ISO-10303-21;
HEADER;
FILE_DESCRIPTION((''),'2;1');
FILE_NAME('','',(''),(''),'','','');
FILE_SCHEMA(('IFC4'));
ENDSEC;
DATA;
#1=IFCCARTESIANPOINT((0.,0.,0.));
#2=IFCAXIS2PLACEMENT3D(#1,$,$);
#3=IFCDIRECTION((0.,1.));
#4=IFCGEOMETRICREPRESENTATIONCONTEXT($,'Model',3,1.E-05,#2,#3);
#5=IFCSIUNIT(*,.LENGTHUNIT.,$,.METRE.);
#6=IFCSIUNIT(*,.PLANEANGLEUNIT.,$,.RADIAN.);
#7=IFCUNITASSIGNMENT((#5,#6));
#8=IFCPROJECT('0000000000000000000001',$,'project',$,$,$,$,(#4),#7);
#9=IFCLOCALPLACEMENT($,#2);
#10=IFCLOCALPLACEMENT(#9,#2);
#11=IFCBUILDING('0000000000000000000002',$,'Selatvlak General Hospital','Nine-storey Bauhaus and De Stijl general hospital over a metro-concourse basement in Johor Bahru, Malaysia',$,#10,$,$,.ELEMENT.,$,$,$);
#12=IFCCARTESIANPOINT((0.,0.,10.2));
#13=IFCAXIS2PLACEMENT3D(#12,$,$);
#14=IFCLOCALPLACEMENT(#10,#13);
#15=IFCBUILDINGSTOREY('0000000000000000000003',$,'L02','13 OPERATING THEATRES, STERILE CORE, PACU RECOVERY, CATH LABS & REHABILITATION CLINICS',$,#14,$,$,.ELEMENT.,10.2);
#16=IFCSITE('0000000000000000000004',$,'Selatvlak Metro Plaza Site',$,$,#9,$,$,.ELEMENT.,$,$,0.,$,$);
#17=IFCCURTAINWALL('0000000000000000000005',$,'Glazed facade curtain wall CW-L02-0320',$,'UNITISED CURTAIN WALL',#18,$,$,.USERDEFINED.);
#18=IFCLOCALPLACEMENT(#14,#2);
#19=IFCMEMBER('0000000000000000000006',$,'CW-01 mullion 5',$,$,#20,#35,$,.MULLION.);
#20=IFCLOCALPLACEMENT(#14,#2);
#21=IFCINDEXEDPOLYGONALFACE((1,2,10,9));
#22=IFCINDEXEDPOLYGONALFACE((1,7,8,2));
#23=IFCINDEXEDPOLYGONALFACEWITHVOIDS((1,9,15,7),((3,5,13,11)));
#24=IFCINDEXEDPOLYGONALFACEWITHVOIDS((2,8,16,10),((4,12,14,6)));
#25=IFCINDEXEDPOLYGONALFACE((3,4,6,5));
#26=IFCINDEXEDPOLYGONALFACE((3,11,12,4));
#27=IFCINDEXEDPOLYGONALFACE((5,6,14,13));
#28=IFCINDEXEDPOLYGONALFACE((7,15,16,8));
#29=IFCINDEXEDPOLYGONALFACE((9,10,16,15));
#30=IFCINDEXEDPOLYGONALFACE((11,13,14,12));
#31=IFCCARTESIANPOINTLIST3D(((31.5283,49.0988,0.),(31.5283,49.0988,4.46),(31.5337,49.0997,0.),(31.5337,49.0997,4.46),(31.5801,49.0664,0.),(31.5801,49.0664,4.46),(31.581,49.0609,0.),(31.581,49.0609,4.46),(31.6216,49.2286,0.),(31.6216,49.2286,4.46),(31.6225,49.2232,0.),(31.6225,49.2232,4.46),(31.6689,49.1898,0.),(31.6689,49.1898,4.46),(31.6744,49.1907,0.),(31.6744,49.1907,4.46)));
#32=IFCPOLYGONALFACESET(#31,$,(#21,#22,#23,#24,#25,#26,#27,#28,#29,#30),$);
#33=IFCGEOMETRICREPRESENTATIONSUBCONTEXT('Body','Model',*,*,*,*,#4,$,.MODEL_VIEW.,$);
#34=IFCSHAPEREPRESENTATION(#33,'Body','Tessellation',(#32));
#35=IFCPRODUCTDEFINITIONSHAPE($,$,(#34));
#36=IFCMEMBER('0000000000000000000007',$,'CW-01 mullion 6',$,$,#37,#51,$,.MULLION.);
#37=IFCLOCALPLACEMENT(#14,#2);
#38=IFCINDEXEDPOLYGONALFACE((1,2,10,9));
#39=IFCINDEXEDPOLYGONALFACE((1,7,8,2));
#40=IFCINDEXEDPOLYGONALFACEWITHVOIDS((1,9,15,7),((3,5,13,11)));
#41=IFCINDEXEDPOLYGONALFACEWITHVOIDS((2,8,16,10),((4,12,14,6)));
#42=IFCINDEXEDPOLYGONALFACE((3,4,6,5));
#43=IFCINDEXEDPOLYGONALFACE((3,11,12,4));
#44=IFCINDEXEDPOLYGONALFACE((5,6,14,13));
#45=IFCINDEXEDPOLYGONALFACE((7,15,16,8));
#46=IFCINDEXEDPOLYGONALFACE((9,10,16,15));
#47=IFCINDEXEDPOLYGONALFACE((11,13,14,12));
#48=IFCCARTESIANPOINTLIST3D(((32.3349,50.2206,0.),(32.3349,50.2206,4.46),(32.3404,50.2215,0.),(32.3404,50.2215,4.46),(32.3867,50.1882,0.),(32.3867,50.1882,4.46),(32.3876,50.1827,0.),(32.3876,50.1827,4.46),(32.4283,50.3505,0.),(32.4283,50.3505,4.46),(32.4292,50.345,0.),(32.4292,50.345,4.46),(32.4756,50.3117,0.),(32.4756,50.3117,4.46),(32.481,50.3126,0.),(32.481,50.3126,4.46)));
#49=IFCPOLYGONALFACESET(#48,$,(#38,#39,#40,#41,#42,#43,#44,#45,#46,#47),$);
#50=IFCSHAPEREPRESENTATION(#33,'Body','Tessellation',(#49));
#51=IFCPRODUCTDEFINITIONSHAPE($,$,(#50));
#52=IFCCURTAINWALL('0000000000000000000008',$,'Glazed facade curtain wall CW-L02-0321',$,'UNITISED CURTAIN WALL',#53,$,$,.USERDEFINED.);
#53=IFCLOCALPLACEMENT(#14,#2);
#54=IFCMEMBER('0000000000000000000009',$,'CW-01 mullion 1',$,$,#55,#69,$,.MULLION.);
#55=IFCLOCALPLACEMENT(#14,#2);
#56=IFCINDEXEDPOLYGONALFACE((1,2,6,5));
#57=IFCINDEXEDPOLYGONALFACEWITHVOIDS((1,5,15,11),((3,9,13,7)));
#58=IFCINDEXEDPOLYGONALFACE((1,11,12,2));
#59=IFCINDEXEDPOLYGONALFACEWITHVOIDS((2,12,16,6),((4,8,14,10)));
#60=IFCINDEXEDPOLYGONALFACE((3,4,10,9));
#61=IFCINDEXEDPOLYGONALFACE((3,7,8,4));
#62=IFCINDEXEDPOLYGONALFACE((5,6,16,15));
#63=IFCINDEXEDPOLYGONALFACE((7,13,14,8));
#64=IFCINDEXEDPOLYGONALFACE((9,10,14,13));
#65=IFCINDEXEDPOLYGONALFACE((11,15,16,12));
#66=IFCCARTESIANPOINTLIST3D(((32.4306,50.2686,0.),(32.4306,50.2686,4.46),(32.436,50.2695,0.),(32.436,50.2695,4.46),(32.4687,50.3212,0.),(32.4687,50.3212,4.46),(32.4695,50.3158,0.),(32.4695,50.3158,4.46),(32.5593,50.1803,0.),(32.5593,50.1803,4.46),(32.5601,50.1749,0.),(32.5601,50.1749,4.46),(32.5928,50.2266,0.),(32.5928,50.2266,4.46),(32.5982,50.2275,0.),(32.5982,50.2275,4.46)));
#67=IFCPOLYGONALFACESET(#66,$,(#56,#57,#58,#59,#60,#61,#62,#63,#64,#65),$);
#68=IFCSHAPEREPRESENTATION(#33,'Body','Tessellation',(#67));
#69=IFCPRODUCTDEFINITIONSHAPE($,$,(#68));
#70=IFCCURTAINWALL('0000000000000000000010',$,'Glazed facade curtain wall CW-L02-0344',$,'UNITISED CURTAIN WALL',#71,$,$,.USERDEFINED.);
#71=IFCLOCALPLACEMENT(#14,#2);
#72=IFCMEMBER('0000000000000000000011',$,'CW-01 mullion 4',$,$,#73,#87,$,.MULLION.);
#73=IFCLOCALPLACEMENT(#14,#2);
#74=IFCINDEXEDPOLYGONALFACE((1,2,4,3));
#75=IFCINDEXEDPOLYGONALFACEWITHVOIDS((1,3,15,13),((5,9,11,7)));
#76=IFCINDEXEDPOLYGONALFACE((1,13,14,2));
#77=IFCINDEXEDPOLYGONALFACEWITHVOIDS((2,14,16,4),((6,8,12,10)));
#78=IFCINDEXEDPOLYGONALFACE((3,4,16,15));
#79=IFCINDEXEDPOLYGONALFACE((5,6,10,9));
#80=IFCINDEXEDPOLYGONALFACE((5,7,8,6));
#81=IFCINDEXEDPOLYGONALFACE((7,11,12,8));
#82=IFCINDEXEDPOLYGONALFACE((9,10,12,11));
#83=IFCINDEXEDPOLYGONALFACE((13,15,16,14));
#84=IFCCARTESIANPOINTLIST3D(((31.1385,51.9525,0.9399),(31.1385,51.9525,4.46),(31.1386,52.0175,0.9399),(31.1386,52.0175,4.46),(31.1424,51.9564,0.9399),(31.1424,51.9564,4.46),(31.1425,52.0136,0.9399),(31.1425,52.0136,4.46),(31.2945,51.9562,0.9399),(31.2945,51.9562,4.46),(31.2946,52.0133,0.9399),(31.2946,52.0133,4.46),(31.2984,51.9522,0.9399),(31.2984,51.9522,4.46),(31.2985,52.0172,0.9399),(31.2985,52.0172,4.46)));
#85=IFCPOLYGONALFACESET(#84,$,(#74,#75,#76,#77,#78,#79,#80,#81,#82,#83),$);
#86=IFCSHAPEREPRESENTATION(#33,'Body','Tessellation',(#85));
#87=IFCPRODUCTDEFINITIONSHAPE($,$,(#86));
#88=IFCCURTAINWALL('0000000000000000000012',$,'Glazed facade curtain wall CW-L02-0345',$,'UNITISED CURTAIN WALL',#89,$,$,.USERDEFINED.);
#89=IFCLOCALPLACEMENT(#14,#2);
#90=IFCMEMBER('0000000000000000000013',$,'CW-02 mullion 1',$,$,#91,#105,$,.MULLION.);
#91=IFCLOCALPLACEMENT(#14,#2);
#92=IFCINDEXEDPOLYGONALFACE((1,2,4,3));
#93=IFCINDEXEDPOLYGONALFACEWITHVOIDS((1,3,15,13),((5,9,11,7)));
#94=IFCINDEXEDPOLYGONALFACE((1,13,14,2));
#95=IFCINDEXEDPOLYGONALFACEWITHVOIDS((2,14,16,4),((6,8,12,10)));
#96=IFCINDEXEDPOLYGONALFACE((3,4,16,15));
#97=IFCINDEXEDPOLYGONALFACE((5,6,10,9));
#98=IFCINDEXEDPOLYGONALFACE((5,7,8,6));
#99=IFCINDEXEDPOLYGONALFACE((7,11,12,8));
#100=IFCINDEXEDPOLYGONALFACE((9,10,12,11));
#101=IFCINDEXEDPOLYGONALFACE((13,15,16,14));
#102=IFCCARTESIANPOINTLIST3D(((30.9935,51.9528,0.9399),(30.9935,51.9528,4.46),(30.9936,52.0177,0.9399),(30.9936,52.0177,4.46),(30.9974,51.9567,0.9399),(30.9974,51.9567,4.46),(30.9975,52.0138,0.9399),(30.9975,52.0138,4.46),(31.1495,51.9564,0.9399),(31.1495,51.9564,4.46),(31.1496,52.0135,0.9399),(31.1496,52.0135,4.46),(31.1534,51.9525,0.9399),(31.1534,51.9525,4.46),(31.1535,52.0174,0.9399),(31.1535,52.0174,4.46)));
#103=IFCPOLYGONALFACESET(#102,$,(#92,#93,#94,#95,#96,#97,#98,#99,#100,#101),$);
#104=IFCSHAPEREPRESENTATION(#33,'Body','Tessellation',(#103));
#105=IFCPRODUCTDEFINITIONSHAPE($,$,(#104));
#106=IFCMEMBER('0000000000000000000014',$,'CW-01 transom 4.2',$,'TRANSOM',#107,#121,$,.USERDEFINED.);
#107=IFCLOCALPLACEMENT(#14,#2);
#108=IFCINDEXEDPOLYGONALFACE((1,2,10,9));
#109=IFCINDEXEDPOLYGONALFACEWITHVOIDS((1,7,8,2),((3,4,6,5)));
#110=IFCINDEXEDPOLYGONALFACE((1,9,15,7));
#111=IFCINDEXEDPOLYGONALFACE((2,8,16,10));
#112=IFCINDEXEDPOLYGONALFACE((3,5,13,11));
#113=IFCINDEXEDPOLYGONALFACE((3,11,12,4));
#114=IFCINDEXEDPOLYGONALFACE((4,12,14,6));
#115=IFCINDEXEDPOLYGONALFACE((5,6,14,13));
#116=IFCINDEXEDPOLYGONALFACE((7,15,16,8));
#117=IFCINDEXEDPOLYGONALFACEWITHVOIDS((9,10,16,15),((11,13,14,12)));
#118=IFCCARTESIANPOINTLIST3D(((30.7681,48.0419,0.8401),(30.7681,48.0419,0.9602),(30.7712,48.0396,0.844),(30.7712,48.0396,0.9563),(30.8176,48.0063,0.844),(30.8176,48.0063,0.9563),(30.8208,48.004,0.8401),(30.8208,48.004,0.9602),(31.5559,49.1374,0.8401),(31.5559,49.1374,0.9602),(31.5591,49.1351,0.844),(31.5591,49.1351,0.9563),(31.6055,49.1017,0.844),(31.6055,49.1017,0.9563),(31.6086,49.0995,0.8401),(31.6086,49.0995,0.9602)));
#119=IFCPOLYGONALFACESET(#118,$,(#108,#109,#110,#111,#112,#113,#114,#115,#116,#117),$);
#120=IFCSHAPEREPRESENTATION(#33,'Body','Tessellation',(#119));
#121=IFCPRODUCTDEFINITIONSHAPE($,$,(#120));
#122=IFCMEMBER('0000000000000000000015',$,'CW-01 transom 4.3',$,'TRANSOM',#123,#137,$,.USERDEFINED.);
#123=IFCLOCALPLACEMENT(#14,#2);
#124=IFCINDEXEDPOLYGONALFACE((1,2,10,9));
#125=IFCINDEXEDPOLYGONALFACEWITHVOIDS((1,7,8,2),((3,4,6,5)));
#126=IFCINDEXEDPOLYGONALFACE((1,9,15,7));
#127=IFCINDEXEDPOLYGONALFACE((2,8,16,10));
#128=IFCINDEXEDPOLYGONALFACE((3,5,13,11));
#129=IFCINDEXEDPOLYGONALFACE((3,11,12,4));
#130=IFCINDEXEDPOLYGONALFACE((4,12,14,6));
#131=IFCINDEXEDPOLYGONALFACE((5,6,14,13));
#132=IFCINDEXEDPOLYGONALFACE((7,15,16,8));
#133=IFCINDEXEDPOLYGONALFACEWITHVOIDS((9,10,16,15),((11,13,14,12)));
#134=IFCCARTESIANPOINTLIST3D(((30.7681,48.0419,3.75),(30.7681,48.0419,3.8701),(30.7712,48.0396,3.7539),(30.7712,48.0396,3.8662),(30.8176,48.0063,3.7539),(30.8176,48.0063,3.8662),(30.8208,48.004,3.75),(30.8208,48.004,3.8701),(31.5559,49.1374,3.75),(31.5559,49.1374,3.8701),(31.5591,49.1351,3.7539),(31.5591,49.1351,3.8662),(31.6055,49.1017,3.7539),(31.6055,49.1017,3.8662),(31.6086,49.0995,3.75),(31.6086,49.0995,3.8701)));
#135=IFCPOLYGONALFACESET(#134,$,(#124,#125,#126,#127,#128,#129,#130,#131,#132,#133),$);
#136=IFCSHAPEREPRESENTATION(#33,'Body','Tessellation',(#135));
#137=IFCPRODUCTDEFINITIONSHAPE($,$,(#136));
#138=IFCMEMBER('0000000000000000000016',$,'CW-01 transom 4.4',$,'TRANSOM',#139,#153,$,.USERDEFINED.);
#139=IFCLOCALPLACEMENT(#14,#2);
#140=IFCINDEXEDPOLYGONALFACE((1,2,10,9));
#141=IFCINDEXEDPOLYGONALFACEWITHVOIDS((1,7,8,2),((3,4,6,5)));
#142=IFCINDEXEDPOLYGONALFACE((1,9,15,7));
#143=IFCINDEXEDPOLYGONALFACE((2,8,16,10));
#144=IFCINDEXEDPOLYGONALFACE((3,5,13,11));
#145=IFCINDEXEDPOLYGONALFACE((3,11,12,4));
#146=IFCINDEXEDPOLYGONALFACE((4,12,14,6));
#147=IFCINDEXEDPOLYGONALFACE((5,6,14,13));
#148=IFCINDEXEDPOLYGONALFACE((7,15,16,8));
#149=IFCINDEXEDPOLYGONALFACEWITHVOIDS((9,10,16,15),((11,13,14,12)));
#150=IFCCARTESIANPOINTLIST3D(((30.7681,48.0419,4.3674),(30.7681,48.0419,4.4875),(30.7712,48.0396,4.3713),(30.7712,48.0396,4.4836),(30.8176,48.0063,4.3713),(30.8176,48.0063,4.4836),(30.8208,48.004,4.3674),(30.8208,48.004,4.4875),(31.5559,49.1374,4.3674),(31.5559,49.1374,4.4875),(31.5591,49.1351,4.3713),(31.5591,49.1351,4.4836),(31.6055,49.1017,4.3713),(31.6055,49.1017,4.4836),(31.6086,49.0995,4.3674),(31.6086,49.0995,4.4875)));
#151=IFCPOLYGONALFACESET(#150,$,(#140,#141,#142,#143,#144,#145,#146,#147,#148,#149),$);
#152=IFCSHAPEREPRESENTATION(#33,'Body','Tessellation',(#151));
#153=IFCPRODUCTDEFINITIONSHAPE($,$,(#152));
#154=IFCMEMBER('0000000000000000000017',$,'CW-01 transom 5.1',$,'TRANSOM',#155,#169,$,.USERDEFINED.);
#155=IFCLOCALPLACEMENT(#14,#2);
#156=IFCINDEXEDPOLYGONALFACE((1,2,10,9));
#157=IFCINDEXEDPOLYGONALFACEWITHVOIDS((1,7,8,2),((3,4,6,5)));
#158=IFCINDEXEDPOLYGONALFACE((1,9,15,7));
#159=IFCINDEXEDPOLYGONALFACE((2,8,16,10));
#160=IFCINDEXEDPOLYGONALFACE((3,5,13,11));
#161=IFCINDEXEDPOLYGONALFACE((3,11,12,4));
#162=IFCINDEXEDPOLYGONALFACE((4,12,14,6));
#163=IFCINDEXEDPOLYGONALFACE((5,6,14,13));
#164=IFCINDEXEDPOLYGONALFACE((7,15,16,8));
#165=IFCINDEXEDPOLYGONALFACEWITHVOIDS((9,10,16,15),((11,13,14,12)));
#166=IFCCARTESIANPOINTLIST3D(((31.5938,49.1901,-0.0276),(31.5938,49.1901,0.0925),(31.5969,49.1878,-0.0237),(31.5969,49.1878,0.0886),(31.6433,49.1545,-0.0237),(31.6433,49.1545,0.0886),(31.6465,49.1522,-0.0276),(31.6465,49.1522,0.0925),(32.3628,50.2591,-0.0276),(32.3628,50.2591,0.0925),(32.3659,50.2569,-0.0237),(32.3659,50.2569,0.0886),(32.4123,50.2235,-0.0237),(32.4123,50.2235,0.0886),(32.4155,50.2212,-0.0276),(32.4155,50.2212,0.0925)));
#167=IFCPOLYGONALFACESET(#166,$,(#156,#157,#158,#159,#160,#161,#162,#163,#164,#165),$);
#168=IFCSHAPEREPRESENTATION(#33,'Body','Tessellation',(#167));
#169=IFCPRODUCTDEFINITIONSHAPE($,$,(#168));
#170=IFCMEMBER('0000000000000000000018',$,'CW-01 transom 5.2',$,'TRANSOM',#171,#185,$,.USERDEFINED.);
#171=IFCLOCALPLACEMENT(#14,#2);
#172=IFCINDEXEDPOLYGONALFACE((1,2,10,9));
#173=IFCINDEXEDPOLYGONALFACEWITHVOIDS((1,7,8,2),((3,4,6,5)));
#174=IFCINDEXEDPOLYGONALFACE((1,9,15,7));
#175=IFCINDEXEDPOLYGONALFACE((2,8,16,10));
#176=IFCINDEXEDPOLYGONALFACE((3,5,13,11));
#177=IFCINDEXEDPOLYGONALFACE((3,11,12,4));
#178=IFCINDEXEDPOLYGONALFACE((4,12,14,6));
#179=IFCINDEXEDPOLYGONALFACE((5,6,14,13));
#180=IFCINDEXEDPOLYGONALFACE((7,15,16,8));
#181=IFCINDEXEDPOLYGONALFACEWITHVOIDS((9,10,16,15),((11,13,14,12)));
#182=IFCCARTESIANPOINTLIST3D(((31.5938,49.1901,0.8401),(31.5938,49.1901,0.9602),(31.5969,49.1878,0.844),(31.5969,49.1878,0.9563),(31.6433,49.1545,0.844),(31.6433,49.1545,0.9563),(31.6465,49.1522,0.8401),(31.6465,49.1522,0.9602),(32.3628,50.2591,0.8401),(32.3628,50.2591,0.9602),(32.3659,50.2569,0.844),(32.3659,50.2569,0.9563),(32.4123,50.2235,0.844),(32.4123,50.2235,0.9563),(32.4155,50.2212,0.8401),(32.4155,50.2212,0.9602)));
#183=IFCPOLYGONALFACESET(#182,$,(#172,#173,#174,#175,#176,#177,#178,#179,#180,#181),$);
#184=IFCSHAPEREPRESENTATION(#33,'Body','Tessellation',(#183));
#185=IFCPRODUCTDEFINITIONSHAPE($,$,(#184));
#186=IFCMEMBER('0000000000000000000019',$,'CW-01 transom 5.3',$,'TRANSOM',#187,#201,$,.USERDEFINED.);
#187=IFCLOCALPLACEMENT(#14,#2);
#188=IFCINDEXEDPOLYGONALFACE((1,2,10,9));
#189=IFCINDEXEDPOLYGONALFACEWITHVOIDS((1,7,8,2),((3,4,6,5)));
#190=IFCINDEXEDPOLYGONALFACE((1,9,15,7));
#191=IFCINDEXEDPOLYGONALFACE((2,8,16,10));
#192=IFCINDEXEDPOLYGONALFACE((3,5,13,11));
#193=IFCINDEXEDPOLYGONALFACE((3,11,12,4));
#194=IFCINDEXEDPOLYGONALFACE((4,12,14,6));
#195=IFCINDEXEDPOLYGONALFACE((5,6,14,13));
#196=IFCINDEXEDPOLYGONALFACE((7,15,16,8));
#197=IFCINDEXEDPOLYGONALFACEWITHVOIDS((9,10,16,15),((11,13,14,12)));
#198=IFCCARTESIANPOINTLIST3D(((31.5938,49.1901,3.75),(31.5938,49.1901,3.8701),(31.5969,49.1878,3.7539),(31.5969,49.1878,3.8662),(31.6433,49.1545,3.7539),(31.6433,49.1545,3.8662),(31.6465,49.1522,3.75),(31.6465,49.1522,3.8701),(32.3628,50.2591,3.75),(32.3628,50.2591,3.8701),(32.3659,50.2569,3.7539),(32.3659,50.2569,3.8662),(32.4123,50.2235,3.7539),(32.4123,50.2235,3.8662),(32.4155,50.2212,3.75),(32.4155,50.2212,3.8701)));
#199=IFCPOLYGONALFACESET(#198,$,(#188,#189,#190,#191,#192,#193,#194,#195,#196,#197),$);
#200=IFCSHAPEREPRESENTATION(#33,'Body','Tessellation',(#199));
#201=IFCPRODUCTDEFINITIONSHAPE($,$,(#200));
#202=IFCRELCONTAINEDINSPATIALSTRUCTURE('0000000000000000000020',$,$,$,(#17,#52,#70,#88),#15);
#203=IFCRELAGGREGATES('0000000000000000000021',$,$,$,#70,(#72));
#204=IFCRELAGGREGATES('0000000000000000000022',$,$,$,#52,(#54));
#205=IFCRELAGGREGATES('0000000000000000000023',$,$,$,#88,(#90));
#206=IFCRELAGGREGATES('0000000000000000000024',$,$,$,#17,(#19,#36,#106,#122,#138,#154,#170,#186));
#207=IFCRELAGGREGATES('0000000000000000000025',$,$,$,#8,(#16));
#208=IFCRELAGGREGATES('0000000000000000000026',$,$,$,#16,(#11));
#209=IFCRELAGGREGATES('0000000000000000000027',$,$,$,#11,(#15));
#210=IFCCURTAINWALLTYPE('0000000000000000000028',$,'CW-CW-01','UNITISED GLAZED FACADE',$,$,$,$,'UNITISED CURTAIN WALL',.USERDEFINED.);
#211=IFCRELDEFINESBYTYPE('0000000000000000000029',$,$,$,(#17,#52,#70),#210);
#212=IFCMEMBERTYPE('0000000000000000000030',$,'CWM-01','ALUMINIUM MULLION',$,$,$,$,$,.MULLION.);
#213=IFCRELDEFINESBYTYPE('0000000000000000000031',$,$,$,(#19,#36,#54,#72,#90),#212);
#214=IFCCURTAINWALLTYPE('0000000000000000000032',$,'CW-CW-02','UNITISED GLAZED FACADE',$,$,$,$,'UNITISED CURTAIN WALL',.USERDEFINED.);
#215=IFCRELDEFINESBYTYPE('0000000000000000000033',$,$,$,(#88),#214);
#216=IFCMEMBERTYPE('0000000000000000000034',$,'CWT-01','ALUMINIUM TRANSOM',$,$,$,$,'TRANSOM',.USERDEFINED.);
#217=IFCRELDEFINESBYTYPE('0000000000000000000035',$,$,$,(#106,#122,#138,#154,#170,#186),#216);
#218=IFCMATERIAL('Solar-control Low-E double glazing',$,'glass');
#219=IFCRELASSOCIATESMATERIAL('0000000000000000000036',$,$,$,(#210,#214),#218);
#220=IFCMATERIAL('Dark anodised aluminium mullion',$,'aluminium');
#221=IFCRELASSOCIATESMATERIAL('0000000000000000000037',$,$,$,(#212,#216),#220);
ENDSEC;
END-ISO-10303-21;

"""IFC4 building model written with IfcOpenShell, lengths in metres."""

from ifc_helpers import new_model, si_unit, direction, frame, origin, origin_2d, place, context, subcontext, project, spatial, hollow_rectangle, extrude, material, material_profile, profile_set, type_object, element, aggregate, save


model = new_model("IFC4")

# Units and contexts
model_context = context("Model", 3, precision=1e-05, world=origin(), true_north=direction((0.0, 1.0)))
body_context = subcontext(model_context, "Body", "Model", "MODEL_VIEW")
ifc_project = project(units=[si_unit("LENGTHUNIT", "METRE"), si_unit("PLANEANGLEUNIT", "RADIAN")], contexts=[model_context])

# Site, building, storey
site_placement = place(None, origin())
site = spatial("IfcSite", under=ifc_project, at=site_placement, Name="Selatvlak Metro Plaza Site", CompositionType="ELEMENT", RefElevation=0.0)
building_placement = place(site_placement, origin())
building = spatial("IfcBuilding", under=site, at=building_placement, Name="Selatvlak General Hospital", Description="Nine-storey Bauhaus and De Stijl general hospital over a metro-concourse basement in Johor Bahru, Malaysia", CompositionType="ELEMENT")
storey_placement = place(building_placement, frame((0.0, 0.0, 10.2)))
storey = spatial("IfcBuildingStorey", under=building, at=storey_placement, Name="L02", Description="13 OPERATING THEATRES, STERILE CORE, PACU RECOVERY, CATH LABS & REHABILITATION CLINICS", CompositionType="ELEMENT", Elevation=10.2)

# Curtain wall, members
ifc_material_1 = material(Name="Solar-control Low-E double glazing", Category="glass")
curtain_wall_type_1 = type_object("IfcCurtainWallType", Name="CW-CW-01", Description="UNITISED GLAZED FACADE", ElementType="UNITISED CURTAIN WALL", PredefinedType="USERDEFINED", material=ifc_material_1)
curtain_wall_1_placement = place(storey_placement, origin())
curtain_wall_1 = element("IfcCurtainWall", 1, at=curtain_wall_1_placement, inside=storey, type_object=curtain_wall_type_1, Name="Glazed facade curtain wall CW-L02-0320", ObjectType="UNITISED CURTAIN WALL", PredefinedType="USERDEFINED")
ifc_material_2 = material(Name="Dark anodised aluminium mullion", Category="aluminium")
ifc_material_profile_1 = material_profile(ifc_material_2, hollow_rectangle(XDim=0.0649, YDim=0.1599, WallThickness=0.0039, at=origin_2d()), Name="AL-MUL 65x160x4")
ifc_profile_set_1 = profile_set([ifc_material_profile_1], Name="Dark anodised aluminium mullion")
member_type_1 = type_object("IfcMemberType", Name="CWM-01", Description="ALUMINIUM MULLION", PredefinedType="MULLION", material=ifc_profile_set_1)
member_1_placement = place(storey_placement, frame((31.6013, 49.1448, 0.0), z_axis=(0.0, 0.0, 1.0), x_axis=(-0.811837, 0.583884, 0.0)))
member_1 = element("IfcMember", 2, at=member_1_placement, type_object=member_type_1, Name="CW-01 mullion 5", PredefinedType="MULLION", context=body_context, shape_type="SweptSolid", body=[
    extrude(hollow_rectangle(XDim=0.0649, YDim=0.1599, WallThickness=0.0039, at=origin_2d()), origin(), (0.0, 0.0, 1.0), 4.46),
])
member_2_placement = place(storey_placement, frame((32.408, 50.2666, 0.0), z_axis=(0.0, 0.0, 1.0), x_axis=(-0.811837, 0.583884, 0.0)))
member_2 = element("IfcMember", 3, at=member_2_placement, type_object=member_type_1, Name="CW-01 mullion 6", PredefinedType="MULLION", context=body_context, shape_type="SweptSolid", body=[
    extrude(hollow_rectangle(XDim=0.0649, YDim=0.1599, WallThickness=0.0039, at=origin_2d()), origin(), (0.0, 0.0, 1.0), 4.46),
])

# Curtain walls, members
curtain_wall_2_placement = place(storey_placement, origin())
curtain_wall_2 = element("IfcCurtainWall", 4, at=curtain_wall_2_placement, inside=storey, type_object=curtain_wall_type_1, Name="Glazed facade curtain wall CW-L02-0321", ObjectType="UNITISED CURTAIN WALL", PredefinedType="USERDEFINED")
member_3_placement = place(storey_placement, frame((32.5144, 50.248, 0.0), z_axis=(0.0, 0.0, 1.0), x_axis=(0.586316, 0.810083, 0.0)))
member_3 = element("IfcMember", 5, at=member_3_placement, type_object=member_type_1, Name="CW-01 mullion 1", PredefinedType="MULLION", context=body_context, shape_type="SweptSolid", body=[
    extrude(hollow_rectangle(XDim=0.0649, YDim=0.1599, WallThickness=0.0039, at=origin_2d()), origin(), (0.0, 0.0, 1.0), 4.46),
])
curtain_wall_3_placement = place(storey_placement, origin())
curtain_wall_3 = element("IfcCurtainWall", 6, at=curtain_wall_3_placement, inside=storey, type_object=curtain_wall_type_1, Name="Glazed facade curtain wall CW-L02-0344", ObjectType="UNITISED CURTAIN WALL", PredefinedType="USERDEFINED")
member_4_placement = place(storey_placement, frame((31.2185, 51.9849, 0.9399), z_axis=(0.0, 0.0, 1.0), x_axis=(-0.001811, -0.999998, 0.0)))
member_4 = element("IfcMember", 7, at=member_4_placement, type_object=member_type_1, Name="CW-01 mullion 4", PredefinedType="MULLION", context=body_context, shape_type="SweptSolid", body=[
    extrude(hollow_rectangle(XDim=0.0649, YDim=0.1599, WallThickness=0.0039, at=origin_2d()), origin(), (0.0, 0.0, 1.0), 3.52),
])
aggregate(curtain_wall_3, [member_4])
curtain_wall_type_2 = type_object("IfcCurtainWallType", Name="CW-CW-02", Description="UNITISED GLAZED FACADE", ElementType="UNITISED CURTAIN WALL", PredefinedType="USERDEFINED", material=ifc_material_1)
curtain_wall_4_placement = place(storey_placement, origin())
curtain_wall_4 = element("IfcCurtainWall", 8, at=curtain_wall_4_placement, inside=storey, type_object=curtain_wall_type_2, Name="Glazed facade curtain wall CW-L02-0345", ObjectType="UNITISED CURTAIN WALL", PredefinedType="USERDEFINED")
member_5_placement = place(storey_placement, frame((31.0735, 51.9851, 0.9399), z_axis=(0.0, 0.0, 1.0), x_axis=(-0.001811, -0.999998, 0.0)))
member_5 = element("IfcMember", 9, at=member_5_placement, type_object=member_type_1, Name="CW-02 mullion 1", PredefinedType="MULLION", context=body_context, shape_type="SweptSolid", body=[
    extrude(hollow_rectangle(XDim=0.0649, YDim=0.1599, WallThickness=0.0039, at=origin_2d()), origin(), (0.0, 0.0, 1.0), 3.52),
])

# Members
ifc_material_profile_2 = material_profile(ifc_material_2, hollow_rectangle(XDim=0.0649, YDim=0.1201, WallThickness=0.0039, at=origin_2d()), Name="AL-TRN 65x120x4")
ifc_profile_set_2 = profile_set([ifc_material_profile_2], Name="Dark anodised aluminium mullion")
member_type_2 = type_object("IfcMemberType", Name="CWT-01", Description="ALUMINIUM TRANSOM", ElementType="TRANSOM", PredefinedType="USERDEFINED", material=ifc_profile_set_2)
member_6_placement = place(storey_placement, frame((30.7944, 48.0229, 0.9001), z_axis=(0.583871, 0.811847, 0.0), x_axis=(-0.811847, 0.583871, 0.0)))
member_6 = element("IfcMember", 10, at=member_6_placement, type_object=member_type_2, Name="CW-01 transom 4.2", ObjectType="TRANSOM", PredefinedType="USERDEFINED", context=body_context, shape_type="SweptSolid", body=[
    extrude(hollow_rectangle(XDim=0.0649, YDim=0.1201, WallThickness=0.0039, at=origin_2d()), origin(), (0.0, 0.0, 1.0), 1.3494),
])
member_7_placement = place(storey_placement, frame((30.7944, 48.0229, 3.8101), z_axis=(0.583871, 0.811847, 0.0), x_axis=(-0.811847, 0.583871, 0.0)))
member_7 = element("IfcMember", 11, at=member_7_placement, type_object=member_type_2, Name="CW-01 transom 4.3", ObjectType="TRANSOM", PredefinedType="USERDEFINED", context=body_context, shape_type="SweptSolid", body=[
    extrude(hollow_rectangle(XDim=0.0649, YDim=0.1201, WallThickness=0.0039, at=origin_2d()), origin(), (0.0, 0.0, 1.0), 1.3494),
])
member_8_placement = place(storey_placement, frame((30.7944, 48.0229, 4.4275), z_axis=(0.583871, 0.811847, 0.0), x_axis=(-0.811847, 0.583871, 0.0)))
member_8 = element("IfcMember", 12, at=member_8_placement, type_object=member_type_2, Name="CW-01 transom 4.4", ObjectType="TRANSOM", PredefinedType="USERDEFINED", context=body_context, shape_type="SweptSolid", body=[
    extrude(hollow_rectangle(XDim=0.0649, YDim=0.1201, WallThickness=0.0039, at=origin_2d()), origin(), (0.0, 0.0, 1.0), 1.3494),
])
member_9_placement = place(storey_placement, frame((31.6201, 49.1711, 0.0325), z_axis=(0.583953, 0.811787, 0.0), x_axis=(-0.811787, 0.583953, 0.0)))
member_9 = element("IfcMember", 13, at=member_9_placement, type_object=member_type_2, Name="CW-01 transom 5.1", ObjectType="TRANSOM", PredefinedType="USERDEFINED", context=body_context, shape_type="SweptSolid", body=[
    extrude(hollow_rectangle(XDim=0.0649, YDim=0.1201, WallThickness=0.0039, at=origin_2d()), origin(), (0.0, 0.0, 1.0), 1.3169),
])
member_10_placement = place(storey_placement, frame((31.6201, 49.1711, 0.9001), z_axis=(0.583953, 0.811787, 0.0), x_axis=(-0.811787, 0.583953, 0.0)))
member_10 = element("IfcMember", 14, at=member_10_placement, type_object=member_type_2, Name="CW-01 transom 5.2", ObjectType="TRANSOM", PredefinedType="USERDEFINED", context=body_context, shape_type="SweptSolid", body=[
    extrude(hollow_rectangle(XDim=0.0649, YDim=0.1201, WallThickness=0.0039, at=origin_2d()), origin(), (0.0, 0.0, 1.0), 1.3169),
])
member_11_placement = place(storey_placement, frame((31.6201, 49.1711, 3.8101), z_axis=(0.583953, 0.811787, 0.0), x_axis=(-0.811787, 0.583953, 0.0)))
member_11 = element("IfcMember", 15, at=member_11_placement, type_object=member_type_2, Name="CW-01 transom 5.3", ObjectType="TRANSOM", PredefinedType="USERDEFINED", context=body_context, shape_type="SweptSolid", body=[
    extrude(hollow_rectangle(XDim=0.0649, YDim=0.1201, WallThickness=0.0039, at=origin_2d()), origin(), (0.0, 0.0, 1.0), 1.3169),
])
aggregate(curtain_wall_2, [member_3])
aggregate(curtain_wall_4, [member_5])

aggregate(curtain_wall_1, [member_1, member_2, member_6, member_7, member_8, member_9, member_10, member_11])

save(model, "model.ifc")
